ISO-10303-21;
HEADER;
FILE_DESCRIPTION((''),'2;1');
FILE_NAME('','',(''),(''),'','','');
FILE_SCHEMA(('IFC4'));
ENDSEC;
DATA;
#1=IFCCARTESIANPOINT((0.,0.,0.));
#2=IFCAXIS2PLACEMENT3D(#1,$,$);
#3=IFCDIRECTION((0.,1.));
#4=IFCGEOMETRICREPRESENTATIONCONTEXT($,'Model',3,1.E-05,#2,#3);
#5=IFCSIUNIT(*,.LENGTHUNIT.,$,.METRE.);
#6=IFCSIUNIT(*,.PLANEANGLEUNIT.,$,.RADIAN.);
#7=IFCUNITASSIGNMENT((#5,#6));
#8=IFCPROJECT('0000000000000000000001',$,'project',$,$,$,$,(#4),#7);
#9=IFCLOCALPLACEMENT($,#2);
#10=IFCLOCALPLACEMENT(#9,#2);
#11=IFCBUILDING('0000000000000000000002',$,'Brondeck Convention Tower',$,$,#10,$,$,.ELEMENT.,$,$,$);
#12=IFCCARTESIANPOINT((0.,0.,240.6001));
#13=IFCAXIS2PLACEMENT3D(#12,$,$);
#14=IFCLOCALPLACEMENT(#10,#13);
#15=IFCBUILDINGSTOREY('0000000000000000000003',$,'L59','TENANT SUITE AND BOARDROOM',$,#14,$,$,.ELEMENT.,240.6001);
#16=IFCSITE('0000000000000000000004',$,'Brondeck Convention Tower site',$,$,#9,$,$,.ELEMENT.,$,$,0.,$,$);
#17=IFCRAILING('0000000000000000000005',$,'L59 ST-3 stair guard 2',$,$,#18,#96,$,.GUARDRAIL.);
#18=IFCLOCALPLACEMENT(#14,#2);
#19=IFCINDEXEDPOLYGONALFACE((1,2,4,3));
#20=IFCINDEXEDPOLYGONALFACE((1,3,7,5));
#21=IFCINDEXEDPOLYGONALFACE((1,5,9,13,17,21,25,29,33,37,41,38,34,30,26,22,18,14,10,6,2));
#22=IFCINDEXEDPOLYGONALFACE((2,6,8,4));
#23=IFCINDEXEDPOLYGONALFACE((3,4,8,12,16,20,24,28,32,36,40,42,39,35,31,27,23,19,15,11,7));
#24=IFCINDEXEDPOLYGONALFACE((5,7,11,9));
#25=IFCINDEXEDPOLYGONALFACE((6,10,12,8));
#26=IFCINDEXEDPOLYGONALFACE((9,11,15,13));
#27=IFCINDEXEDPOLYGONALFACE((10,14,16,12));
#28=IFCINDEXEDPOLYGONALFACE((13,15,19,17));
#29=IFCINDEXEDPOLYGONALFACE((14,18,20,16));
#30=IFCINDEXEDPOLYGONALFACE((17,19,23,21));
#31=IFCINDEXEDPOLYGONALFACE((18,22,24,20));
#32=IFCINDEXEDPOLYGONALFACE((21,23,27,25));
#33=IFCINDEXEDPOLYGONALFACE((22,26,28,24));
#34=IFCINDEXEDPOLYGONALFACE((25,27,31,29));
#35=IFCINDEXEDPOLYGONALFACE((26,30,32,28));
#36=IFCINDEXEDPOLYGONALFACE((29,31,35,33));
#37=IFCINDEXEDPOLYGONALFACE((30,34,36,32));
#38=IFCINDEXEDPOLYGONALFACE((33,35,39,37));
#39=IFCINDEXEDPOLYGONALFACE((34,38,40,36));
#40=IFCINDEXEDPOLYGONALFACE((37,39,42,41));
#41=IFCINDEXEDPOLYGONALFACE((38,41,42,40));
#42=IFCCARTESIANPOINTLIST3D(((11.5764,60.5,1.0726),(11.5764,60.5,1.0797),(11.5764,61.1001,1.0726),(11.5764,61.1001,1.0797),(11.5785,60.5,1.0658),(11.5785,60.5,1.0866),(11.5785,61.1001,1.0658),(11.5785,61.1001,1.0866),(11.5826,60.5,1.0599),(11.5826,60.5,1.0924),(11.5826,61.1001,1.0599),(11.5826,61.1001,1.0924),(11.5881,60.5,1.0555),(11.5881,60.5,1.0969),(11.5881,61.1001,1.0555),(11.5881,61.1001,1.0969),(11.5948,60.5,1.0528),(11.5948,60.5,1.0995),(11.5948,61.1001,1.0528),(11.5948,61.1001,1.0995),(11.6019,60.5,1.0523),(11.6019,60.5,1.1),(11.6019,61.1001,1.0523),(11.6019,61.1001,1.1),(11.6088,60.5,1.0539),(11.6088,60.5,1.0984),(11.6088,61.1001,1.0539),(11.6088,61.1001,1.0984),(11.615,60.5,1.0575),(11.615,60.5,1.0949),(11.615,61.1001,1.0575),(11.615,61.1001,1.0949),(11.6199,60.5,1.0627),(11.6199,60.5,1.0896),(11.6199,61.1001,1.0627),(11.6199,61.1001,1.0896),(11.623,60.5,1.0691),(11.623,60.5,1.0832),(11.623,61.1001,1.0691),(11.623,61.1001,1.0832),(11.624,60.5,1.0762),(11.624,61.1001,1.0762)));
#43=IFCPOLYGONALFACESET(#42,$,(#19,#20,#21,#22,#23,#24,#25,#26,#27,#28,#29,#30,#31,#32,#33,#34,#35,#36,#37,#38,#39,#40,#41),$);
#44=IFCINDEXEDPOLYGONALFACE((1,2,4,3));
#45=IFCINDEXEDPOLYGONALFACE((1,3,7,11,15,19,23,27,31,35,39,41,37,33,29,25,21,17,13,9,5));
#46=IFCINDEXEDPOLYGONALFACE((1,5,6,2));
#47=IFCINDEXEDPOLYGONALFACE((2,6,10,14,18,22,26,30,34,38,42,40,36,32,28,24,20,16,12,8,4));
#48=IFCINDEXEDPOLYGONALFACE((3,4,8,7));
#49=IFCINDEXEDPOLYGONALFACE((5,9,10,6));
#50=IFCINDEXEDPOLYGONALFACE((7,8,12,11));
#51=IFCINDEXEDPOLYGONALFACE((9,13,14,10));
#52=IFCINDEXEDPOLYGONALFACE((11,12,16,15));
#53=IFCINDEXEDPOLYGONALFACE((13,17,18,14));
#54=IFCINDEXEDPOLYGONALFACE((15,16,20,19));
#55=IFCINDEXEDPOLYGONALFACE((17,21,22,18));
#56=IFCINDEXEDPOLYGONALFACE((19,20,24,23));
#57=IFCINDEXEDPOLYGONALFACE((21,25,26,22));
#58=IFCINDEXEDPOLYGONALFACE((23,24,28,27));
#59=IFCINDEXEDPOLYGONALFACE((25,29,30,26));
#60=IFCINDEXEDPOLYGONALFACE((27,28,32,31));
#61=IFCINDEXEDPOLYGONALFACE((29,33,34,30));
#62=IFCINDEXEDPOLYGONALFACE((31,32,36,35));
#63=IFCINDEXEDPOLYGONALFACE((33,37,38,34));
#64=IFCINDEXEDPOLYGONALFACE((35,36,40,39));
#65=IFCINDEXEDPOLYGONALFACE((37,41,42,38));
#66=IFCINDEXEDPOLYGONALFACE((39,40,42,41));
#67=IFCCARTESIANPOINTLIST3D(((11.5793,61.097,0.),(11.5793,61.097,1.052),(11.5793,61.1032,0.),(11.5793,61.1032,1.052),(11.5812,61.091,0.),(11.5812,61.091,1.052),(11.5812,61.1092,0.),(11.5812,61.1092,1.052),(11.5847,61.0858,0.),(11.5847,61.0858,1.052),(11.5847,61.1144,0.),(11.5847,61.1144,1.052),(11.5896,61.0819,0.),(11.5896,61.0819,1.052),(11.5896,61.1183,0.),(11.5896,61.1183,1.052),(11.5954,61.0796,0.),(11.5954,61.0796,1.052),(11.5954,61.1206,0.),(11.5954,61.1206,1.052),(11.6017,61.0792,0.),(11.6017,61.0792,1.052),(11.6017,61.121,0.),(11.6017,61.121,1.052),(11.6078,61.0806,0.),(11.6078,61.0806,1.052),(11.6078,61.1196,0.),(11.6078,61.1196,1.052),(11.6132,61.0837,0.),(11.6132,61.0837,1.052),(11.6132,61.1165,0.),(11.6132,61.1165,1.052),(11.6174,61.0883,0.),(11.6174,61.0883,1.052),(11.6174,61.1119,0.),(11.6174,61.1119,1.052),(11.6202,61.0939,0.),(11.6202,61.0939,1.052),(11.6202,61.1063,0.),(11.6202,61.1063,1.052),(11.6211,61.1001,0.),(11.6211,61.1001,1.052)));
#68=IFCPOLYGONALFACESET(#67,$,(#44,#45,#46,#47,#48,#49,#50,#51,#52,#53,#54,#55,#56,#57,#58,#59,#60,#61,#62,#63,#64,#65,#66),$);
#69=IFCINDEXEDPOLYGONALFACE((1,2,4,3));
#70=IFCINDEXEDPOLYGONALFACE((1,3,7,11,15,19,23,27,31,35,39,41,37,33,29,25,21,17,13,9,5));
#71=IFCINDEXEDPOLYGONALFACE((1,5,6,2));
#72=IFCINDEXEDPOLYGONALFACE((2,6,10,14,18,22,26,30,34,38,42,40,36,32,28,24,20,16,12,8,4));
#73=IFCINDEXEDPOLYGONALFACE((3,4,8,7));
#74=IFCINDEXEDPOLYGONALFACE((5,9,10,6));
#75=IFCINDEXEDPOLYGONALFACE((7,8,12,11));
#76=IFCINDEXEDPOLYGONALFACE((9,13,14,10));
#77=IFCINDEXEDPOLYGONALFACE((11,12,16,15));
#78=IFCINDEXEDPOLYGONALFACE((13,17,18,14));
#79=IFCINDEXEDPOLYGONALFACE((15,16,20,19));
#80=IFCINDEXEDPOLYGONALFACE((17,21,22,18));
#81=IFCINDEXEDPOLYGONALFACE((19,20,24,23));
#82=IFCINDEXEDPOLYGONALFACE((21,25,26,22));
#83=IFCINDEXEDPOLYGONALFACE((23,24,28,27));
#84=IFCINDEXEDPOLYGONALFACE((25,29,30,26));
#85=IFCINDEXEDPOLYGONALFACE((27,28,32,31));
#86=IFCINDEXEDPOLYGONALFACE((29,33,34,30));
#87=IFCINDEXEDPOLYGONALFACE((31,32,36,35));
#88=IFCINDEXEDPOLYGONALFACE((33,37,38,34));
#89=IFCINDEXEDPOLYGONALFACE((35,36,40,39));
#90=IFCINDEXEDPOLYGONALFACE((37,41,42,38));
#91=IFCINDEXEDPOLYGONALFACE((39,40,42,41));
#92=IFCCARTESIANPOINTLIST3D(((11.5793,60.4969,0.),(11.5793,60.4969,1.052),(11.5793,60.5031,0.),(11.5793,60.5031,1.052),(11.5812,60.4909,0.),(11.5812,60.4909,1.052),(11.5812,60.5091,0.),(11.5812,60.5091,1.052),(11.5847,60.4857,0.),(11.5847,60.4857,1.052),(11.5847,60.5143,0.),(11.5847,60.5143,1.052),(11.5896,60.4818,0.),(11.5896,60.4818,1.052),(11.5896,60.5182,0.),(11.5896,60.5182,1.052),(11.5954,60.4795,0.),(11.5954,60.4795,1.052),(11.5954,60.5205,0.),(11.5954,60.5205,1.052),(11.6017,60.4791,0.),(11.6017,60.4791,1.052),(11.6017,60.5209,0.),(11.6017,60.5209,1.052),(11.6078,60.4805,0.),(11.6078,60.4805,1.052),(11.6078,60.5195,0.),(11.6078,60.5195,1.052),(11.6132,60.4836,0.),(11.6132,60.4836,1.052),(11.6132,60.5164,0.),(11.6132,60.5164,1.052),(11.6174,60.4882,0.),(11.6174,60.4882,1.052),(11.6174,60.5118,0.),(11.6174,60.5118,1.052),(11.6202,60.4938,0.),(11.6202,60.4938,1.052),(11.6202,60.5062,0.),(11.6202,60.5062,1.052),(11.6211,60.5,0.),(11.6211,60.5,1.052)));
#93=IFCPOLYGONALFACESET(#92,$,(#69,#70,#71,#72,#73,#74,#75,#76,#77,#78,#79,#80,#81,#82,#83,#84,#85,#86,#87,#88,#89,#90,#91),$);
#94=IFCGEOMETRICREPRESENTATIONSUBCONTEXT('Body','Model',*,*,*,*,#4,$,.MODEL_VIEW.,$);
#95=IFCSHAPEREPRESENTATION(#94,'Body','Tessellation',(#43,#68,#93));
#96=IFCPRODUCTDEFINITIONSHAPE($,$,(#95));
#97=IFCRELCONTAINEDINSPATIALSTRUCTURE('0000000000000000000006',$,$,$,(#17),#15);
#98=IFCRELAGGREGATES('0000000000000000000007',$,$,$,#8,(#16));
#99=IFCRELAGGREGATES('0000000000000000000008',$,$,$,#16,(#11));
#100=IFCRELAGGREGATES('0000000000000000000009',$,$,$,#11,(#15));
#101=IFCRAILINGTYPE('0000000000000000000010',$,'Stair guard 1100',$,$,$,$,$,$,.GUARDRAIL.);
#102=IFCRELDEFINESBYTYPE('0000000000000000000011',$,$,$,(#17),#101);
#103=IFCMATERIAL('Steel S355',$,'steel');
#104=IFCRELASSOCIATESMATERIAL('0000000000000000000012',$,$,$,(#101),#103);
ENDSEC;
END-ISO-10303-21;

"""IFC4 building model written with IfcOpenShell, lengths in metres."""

from ifc_helpers import new_model, si_unit, direction, frame, origin, origin_2d, place, context, subcontext, project, spatial, circle, extrude, material, type_object, element, save


model = new_model("IFC4")

# Units and contexts
model_context = context("Model", 3, precision=1e-05, world=origin(), true_north=direction((0.0, 1.0)))
body_context = subcontext(model_context, "Body", "Model", "MODEL_VIEW")
ifc_project = project(units=[si_unit("LENGTHUNIT", "METRE"), si_unit("PLANEANGLEUNIT", "RADIAN")], contexts=[model_context])

# Site, building, storey
site_placement = place(None, origin())
site = spatial("IfcSite", under=ifc_project, at=site_placement, Name="Brondeck Convention Tower site", CompositionType="ELEMENT", RefElevation=0.0)
building_placement = place(site_placement, origin())
building = spatial("IfcBuilding", under=site, at=building_placement, Name="Brondeck Convention Tower", CompositionType="ELEMENT")
storey_placement = place(building_placement, frame((0.0, 0.0, 240.6001)))
storey = spatial("IfcBuildingStorey", under=building, at=storey_placement, Name="L59", Description="TENANT SUITE AND BOARDROOM", CompositionType="ELEMENT", Elevation=240.6001)

# Railing
ifc_material_1 = material(Name="Steel S355", Category="steel")
railing_type_1 = type_object("IfcRailingType", Name="Stair guard 1100", PredefinedType="GUARDRAIL", material=ifc_material_1)
railing_1_placement = place(storey_placement, frame((11.6001, 61.1001, 0.0)))
element("IfcRailing", 1, at=railing_1_placement, inside=storey, type_object=railing_type_1, Name="L59 ST-3 stair guard 2", PredefinedType="GUARDRAIL", context=body_context, shape_type="SweptSolid", body=[
    extrude(circle(Radius=0.0239, at=origin_2d()), frame((0.0, 0.0, 1.0762), z_axis=(0.0, -1.0, 0.0), x_axis=(1.0, 0.0, 0.0)), (0.0, 0.0, 1.0), 0.6001),
    extrude(circle(Radius=0.021, at=origin_2d()), origin(), (0.0, 0.0, 1.0), 1.052),
    extrude(circle(Radius=0.021, at=origin_2d()), frame((0.0, -0.6001, 0.0)), (0.0, 0.0, 1.0), 1.052),
])

save(model, "model.ifc")
